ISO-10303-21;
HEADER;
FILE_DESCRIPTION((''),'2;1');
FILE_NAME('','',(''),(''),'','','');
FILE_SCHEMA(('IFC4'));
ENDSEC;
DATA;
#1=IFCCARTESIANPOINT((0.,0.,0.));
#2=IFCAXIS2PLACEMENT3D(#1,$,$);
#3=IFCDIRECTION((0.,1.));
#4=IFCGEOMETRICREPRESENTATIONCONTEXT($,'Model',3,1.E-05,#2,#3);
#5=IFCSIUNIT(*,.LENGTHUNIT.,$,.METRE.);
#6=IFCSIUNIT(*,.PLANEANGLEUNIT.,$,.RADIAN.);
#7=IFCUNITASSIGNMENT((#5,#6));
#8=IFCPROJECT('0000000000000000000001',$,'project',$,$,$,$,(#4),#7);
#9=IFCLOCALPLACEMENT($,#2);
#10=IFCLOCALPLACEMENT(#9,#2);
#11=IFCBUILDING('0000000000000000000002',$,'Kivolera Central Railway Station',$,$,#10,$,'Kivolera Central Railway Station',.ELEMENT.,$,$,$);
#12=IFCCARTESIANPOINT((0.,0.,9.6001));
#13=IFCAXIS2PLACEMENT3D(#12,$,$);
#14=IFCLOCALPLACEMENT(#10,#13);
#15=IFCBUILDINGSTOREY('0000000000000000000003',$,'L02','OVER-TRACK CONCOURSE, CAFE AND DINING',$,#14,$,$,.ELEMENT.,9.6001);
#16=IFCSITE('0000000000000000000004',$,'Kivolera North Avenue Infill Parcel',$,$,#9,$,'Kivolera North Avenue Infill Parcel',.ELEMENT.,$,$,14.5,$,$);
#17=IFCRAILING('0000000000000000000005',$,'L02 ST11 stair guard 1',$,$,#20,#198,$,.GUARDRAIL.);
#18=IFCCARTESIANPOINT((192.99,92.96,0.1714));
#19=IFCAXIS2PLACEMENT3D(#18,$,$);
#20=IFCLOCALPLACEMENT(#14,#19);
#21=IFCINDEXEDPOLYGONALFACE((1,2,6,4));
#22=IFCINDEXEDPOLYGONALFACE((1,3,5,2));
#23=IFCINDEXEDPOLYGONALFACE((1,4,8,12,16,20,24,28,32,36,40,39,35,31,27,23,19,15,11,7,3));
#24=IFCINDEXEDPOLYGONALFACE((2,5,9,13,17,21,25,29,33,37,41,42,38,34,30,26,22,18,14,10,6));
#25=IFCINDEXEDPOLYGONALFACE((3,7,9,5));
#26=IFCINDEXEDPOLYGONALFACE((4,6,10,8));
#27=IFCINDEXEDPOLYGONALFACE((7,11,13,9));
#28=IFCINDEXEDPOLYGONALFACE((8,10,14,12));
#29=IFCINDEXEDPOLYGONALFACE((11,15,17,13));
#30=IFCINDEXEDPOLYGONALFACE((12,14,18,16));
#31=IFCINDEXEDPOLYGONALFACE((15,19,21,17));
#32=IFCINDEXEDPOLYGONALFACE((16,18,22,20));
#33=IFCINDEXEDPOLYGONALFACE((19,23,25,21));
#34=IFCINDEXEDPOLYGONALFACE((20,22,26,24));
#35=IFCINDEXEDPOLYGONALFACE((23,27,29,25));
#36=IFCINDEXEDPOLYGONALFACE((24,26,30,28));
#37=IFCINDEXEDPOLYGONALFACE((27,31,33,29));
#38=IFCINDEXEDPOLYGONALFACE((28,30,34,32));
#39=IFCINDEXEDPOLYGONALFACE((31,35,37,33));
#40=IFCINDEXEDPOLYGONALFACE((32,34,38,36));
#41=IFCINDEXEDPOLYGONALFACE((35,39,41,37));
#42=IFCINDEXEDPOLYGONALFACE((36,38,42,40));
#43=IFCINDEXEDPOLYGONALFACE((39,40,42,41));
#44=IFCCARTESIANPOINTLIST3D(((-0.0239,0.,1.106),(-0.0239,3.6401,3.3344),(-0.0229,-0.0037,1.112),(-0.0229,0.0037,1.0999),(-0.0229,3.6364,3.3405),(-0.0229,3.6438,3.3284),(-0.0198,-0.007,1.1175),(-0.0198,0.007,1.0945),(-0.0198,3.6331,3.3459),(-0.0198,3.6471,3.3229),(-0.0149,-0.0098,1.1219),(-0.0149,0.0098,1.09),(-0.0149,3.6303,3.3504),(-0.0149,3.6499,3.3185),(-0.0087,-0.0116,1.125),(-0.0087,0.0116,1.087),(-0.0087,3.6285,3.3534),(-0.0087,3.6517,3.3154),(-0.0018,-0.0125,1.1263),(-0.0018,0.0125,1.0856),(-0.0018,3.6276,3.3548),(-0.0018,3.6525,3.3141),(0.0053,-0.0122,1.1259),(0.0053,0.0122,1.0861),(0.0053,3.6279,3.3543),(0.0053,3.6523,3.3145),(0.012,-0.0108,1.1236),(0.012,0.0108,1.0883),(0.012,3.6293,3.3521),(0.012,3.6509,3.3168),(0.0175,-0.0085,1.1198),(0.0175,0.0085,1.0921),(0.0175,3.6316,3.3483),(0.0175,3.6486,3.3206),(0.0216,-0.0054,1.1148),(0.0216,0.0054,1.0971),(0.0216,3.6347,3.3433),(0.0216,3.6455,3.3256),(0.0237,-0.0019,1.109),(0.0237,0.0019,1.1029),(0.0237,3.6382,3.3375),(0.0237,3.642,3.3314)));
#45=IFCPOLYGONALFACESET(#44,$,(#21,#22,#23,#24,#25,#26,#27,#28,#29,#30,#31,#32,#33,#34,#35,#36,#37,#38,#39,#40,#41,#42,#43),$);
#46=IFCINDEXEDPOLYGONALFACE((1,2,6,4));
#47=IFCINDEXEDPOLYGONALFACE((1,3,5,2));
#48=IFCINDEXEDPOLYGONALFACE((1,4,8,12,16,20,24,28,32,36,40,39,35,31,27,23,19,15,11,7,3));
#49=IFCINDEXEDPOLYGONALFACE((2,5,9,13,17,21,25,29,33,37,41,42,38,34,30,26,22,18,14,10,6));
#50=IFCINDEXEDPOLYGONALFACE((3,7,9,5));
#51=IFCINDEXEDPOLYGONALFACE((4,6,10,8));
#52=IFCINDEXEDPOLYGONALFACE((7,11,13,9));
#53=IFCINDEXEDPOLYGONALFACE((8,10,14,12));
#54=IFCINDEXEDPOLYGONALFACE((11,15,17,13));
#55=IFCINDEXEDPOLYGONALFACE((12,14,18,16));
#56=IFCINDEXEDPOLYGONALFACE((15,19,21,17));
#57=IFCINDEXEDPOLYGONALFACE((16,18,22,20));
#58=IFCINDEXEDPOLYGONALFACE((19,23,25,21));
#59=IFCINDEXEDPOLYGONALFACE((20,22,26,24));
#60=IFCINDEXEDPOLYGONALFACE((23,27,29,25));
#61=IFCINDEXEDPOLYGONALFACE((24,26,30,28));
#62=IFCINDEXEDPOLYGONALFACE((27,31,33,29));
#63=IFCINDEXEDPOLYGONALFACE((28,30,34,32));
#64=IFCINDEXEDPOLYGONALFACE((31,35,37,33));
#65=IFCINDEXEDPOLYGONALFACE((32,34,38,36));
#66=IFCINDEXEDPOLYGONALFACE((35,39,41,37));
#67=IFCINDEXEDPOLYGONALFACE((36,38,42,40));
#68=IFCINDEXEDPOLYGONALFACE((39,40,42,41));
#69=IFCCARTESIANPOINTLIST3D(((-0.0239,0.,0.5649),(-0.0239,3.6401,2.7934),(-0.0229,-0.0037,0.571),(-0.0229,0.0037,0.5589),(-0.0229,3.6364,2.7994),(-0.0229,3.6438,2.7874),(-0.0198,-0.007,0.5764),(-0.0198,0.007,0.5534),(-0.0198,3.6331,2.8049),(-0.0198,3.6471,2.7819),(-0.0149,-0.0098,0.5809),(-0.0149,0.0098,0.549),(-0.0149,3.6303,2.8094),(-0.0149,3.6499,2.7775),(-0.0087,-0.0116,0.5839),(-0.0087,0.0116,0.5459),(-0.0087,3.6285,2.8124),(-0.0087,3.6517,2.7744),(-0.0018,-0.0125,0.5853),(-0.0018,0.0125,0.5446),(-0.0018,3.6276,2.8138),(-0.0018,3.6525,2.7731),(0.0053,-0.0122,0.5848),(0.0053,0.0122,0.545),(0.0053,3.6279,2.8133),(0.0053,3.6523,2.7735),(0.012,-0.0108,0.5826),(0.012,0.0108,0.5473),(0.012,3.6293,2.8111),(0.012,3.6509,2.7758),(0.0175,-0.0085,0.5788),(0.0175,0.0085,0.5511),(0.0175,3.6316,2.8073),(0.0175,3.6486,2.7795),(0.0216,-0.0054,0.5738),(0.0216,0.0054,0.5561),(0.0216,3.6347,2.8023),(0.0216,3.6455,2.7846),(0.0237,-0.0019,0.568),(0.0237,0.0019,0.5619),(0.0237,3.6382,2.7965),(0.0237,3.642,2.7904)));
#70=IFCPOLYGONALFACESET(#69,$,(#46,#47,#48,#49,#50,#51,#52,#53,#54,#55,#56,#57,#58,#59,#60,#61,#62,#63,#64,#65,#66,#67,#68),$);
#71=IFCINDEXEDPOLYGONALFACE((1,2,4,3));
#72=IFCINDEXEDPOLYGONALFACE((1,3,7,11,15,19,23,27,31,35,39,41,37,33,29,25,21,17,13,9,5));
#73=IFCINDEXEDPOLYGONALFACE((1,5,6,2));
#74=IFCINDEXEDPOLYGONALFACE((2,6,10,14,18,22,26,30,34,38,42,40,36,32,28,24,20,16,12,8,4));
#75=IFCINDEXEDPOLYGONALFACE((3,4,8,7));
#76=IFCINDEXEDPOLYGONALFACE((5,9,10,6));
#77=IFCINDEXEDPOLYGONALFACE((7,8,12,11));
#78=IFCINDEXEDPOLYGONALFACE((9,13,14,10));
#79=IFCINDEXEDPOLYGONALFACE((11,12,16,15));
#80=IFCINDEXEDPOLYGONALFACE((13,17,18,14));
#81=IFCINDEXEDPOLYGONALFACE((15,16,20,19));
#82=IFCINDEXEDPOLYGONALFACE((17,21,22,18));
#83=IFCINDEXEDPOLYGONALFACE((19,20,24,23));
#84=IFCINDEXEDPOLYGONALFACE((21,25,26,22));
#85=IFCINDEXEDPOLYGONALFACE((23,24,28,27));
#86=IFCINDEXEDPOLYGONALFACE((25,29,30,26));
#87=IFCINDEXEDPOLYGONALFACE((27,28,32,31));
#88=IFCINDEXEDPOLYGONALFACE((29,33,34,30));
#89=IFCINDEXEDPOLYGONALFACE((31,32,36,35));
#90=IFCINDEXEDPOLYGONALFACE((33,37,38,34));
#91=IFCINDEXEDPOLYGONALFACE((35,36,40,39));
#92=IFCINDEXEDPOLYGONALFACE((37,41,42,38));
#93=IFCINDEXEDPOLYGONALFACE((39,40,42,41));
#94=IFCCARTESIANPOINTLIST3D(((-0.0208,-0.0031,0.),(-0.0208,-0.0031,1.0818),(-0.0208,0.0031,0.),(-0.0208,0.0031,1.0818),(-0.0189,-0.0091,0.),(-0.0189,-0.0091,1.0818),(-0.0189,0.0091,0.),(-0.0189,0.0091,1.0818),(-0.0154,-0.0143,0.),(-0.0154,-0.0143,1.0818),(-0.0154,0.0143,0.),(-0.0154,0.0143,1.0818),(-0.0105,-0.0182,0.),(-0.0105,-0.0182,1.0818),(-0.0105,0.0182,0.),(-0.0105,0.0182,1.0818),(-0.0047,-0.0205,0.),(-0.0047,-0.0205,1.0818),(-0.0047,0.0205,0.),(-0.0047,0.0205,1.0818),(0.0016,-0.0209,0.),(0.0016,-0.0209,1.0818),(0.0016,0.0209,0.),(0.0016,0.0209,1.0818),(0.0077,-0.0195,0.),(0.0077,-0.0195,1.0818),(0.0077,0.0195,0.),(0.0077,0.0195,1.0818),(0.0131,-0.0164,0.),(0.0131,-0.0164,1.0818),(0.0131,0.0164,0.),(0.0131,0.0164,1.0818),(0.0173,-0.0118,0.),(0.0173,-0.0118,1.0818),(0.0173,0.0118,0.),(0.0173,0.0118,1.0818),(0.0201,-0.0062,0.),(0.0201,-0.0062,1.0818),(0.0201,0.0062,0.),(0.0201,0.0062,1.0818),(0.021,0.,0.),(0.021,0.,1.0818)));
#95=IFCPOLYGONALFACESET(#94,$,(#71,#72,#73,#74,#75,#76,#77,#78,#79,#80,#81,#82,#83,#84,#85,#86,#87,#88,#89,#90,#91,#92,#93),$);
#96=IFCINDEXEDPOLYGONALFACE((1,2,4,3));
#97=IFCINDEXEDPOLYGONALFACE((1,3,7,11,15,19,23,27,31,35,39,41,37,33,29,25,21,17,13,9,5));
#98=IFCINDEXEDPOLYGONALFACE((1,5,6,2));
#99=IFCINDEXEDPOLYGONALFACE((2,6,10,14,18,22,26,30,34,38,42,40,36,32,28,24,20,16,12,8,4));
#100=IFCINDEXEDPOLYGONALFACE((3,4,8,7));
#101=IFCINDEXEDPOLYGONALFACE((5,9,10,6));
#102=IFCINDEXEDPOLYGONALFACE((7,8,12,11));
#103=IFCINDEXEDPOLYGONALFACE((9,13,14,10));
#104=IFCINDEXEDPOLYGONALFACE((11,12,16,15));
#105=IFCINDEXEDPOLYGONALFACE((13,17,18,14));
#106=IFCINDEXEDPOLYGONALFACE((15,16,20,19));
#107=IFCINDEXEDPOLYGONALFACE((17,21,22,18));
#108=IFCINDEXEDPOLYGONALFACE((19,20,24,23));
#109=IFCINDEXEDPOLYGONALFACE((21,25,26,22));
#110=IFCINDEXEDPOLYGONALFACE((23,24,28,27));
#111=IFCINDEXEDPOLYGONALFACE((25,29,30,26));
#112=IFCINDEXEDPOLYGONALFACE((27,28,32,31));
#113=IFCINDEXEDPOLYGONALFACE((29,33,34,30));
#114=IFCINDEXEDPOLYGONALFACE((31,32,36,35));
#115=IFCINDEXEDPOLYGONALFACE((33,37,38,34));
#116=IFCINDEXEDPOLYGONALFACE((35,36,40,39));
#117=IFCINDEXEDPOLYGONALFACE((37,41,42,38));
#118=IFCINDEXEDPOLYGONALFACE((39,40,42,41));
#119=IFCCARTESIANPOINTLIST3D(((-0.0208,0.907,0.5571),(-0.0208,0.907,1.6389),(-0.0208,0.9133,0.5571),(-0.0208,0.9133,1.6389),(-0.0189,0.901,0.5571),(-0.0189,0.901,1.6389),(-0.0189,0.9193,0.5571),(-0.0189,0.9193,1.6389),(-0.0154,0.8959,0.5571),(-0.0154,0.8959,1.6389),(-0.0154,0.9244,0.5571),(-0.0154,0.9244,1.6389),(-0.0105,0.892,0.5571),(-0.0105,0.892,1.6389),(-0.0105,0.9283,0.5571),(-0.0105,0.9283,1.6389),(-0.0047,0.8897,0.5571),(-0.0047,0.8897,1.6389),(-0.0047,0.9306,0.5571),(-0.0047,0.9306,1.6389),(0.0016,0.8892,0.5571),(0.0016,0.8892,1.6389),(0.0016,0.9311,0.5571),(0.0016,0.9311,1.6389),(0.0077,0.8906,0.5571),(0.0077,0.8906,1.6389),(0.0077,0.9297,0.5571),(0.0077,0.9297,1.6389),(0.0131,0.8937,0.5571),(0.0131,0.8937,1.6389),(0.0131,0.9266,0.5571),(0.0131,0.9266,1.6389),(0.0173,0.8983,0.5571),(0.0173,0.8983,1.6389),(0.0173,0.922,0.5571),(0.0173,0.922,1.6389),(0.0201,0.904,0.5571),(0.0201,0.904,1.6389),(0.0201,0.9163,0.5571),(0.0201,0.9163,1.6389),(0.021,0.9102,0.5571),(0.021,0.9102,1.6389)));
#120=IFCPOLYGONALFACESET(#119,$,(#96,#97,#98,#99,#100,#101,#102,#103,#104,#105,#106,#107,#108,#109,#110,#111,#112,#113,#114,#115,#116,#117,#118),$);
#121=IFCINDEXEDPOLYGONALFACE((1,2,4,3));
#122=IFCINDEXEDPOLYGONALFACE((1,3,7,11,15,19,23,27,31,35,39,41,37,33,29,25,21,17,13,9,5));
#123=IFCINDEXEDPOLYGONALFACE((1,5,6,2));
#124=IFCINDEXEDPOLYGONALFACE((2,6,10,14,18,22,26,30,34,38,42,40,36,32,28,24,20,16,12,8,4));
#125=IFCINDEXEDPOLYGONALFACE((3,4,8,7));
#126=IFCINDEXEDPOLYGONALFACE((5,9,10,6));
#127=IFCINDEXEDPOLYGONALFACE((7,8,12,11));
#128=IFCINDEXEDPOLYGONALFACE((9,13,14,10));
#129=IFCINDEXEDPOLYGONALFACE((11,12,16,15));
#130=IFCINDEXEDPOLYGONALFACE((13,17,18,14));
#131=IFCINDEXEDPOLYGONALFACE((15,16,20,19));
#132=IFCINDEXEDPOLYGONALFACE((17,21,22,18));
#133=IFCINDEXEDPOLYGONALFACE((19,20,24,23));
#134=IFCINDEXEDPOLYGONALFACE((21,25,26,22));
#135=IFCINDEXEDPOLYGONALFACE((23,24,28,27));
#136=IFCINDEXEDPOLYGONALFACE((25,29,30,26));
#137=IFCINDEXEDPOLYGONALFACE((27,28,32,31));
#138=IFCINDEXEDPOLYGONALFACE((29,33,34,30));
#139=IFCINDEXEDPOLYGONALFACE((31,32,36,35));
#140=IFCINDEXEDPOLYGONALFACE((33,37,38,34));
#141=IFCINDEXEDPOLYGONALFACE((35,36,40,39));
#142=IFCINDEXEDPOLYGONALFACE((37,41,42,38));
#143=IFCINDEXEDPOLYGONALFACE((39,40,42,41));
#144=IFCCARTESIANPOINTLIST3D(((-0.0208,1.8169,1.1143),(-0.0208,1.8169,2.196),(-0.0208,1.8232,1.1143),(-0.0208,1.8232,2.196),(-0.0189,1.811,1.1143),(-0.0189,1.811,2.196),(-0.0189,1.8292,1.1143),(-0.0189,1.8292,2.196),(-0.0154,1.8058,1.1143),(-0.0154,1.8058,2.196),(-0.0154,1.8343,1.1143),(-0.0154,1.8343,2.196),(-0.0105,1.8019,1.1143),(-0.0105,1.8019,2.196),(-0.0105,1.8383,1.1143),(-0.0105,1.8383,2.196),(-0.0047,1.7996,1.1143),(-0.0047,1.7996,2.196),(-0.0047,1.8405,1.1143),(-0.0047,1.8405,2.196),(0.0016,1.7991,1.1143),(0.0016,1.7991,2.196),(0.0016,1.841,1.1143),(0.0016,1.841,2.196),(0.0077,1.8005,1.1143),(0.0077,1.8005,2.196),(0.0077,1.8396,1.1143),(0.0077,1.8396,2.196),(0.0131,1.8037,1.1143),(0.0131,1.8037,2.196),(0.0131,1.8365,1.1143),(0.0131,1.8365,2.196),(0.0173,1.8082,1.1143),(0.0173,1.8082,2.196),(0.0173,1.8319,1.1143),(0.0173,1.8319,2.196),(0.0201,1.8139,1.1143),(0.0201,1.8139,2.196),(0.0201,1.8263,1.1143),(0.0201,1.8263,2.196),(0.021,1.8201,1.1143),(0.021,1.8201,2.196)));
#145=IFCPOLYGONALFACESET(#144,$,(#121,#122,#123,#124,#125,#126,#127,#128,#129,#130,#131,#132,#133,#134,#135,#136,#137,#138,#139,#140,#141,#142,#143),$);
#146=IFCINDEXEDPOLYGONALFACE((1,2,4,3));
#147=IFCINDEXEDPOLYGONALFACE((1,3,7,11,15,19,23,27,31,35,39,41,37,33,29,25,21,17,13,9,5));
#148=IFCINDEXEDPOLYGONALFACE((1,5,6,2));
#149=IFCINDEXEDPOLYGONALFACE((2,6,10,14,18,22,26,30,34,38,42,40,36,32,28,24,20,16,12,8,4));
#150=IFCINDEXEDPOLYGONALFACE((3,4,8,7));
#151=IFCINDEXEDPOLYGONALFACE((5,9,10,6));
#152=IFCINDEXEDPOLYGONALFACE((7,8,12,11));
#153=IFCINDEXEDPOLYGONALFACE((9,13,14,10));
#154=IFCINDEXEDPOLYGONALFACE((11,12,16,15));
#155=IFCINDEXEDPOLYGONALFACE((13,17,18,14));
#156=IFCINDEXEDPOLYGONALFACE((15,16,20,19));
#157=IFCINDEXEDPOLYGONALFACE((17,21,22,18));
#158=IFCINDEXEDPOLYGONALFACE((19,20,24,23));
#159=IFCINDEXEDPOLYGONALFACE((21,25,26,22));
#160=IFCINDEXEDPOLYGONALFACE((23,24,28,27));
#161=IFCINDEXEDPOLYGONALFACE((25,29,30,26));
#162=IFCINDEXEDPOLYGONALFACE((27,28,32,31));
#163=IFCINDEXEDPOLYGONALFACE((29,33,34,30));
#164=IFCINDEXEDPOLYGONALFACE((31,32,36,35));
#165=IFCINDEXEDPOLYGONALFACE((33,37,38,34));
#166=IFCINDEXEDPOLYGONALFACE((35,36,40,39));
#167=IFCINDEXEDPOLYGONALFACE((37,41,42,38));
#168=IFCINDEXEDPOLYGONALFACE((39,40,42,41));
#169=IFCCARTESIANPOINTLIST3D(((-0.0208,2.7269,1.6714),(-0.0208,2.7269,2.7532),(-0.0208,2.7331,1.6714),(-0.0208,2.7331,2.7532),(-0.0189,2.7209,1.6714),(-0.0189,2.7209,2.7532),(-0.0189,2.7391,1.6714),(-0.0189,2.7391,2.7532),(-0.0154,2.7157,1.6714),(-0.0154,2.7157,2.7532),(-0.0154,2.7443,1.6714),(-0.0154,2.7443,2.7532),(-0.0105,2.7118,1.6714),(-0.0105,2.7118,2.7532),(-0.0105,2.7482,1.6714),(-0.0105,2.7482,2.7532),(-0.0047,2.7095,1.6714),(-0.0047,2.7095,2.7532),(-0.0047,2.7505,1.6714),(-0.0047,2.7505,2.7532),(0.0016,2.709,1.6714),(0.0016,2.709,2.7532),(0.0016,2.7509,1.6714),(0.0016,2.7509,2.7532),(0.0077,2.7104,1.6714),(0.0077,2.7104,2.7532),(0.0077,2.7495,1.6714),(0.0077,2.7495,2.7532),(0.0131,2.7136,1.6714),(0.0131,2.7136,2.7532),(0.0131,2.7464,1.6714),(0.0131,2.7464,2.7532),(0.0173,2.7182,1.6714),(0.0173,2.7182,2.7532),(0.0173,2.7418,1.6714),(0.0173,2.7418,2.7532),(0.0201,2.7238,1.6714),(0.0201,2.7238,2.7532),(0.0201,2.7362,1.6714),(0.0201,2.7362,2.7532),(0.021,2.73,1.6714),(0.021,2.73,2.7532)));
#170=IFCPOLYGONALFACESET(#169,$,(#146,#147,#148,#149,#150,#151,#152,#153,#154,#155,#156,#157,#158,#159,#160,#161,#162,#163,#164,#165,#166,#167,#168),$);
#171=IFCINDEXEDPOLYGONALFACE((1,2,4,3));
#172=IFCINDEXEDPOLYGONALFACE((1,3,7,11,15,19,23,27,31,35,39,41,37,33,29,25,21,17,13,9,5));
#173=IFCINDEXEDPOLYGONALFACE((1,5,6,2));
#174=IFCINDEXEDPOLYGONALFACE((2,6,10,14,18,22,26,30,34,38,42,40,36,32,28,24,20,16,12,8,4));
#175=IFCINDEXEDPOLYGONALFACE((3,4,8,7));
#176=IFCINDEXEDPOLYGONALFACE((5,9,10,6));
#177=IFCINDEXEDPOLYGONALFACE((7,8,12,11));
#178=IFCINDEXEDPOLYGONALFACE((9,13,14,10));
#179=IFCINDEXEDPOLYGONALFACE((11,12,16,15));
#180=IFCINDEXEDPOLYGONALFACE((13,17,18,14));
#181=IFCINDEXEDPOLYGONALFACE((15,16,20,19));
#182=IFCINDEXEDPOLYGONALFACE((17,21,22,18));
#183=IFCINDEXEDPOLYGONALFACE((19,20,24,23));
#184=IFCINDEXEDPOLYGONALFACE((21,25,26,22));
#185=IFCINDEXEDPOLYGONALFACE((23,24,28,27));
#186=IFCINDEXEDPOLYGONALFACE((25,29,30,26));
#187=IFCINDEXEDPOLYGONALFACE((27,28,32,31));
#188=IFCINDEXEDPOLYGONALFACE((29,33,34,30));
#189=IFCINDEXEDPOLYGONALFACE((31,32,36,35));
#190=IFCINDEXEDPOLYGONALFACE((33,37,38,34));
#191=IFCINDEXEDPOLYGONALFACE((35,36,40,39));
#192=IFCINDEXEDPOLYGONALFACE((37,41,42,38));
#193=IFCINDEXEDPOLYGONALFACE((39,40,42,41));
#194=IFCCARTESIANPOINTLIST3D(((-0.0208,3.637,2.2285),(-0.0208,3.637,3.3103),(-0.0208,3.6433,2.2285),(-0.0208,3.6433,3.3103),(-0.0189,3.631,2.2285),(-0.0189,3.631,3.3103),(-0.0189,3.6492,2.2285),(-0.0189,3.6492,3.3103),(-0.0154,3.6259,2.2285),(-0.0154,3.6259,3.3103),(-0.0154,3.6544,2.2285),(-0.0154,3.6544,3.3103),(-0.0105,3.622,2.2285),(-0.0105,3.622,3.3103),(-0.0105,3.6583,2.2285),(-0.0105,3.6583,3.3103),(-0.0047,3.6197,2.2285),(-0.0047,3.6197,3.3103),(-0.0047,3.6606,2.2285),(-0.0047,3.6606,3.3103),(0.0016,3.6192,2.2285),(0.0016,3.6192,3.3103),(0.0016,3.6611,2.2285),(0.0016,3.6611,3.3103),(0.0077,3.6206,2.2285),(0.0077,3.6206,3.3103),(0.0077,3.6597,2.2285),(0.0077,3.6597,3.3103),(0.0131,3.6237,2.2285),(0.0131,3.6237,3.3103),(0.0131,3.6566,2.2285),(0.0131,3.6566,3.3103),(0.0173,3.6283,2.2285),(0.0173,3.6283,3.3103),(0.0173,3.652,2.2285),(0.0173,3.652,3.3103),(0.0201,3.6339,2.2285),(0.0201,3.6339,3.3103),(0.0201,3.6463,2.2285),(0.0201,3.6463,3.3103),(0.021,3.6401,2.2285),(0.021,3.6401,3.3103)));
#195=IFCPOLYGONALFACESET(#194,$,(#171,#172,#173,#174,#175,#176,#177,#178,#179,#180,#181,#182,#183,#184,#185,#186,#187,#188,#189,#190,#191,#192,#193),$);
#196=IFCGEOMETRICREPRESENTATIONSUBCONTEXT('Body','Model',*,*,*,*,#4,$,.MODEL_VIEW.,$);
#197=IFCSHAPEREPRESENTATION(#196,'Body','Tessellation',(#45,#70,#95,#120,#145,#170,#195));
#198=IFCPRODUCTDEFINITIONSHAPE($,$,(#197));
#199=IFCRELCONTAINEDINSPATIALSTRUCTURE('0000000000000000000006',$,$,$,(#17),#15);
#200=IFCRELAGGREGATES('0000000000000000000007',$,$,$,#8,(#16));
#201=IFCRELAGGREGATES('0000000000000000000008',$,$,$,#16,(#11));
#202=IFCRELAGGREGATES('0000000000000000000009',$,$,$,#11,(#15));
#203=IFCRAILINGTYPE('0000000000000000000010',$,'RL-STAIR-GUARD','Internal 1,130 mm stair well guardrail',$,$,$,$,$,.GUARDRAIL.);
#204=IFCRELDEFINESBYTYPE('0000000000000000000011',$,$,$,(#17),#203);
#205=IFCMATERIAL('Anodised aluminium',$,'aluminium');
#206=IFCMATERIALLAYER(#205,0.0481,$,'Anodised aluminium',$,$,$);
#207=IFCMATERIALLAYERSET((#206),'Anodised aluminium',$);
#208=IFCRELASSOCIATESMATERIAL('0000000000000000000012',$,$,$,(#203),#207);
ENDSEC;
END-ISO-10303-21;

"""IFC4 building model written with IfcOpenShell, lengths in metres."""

from ifc_helpers import new_model, si_unit, direction, frame, origin, origin_2d, place, context, subcontext, project, spatial, circle, extrude, material, layer, layer_set, type_object, element, save


model = new_model("IFC4")

# Units and contexts
model_context = context("Model", 3, precision=1e-05, world=origin(), true_north=direction((0.0, 1.0)))
body_context = subcontext(model_context, "Body", "Model", "MODEL_VIEW")
ifc_project = project(units=[si_unit("LENGTHUNIT", "METRE"), si_unit("PLANEANGLEUNIT", "RADIAN")], contexts=[model_context])

# Site, building, storey
site_placement = place(None, origin())
site = spatial("IfcSite", under=ifc_project, at=site_placement, Name="Kivolera North Avenue Infill Parcel", LongName="Kivolera North Avenue Infill Parcel", CompositionType="ELEMENT", RefElevation=14.5)
building_placement = place(site_placement, origin())
building = spatial("IfcBuilding", under=site, at=building_placement, Name="Kivolera Central Railway Station", LongName="Kivolera Central Railway Station", CompositionType="ELEMENT")
storey_placement = place(building_placement, frame((0.0, 0.0, 9.6001)))
storey = spatial("IfcBuildingStorey", under=building, at=storey_placement, Name="L02", Description="OVER-TRACK CONCOURSE, CAFE AND DINING", CompositionType="ELEMENT", Elevation=9.6001)

# Shared definitions
ifc_material_1 = material(Name="Anodised aluminium", Category="aluminium")

# Railing
ifc_layer_1 = layer(ifc_material_1, 0.0481, Name="Anodised aluminium")
ifc_layer_set_1 = layer_set([ifc_layer_1], Name="Anodised aluminium")
railing_type_1 = type_object("IfcRailingType", Name="RL-STAIR-GUARD", Description="Internal 1,130 mm stair well guardrail", PredefinedType="GUARDRAIL", material=ifc_layer_set_1)
railing_1_placement = place(storey_placement, frame((192.99, 92.96, 0.1714)))
element("IfcRailing", 1, at=railing_1_placement, inside=storey, type_object=railing_type_1, Name="L02 ST11 stair guard 1", PredefinedType="GUARDRAIL", context=body_context, shape_type="SweptSolid", body=[
    extrude(circle(Radius=0.0239, at=origin_2d()), frame((0.0, 0.0, 1.106), z_axis=(0.0, 0.852866, 0.52213), x_axis=(-1.0, 0.0, 0.0)), (0.0, 0.0, 1.0), 4.2681),
    extrude(circle(Radius=0.0239, at=origin_2d()), frame((0.0, 0.0, 0.5649), z_axis=(0.0, 0.852866, 0.52213), x_axis=(-1.0, 0.0, 0.0)), (0.0, 0.0, 1.0), 4.2681),
    extrude(circle(Radius=0.021, at=origin_2d()), origin(), (0.0, 0.0, 1.0), 1.0818),
    extrude(circle(Radius=0.021, at=origin_2d()), frame((0.0, 0.9102, 0.5571)), (0.0, 0.0, 1.0), 1.0818),
    extrude(circle(Radius=0.021, at=origin_2d()), frame((0.0, 1.8201, 1.1143)), (0.0, 0.0, 1.0), 1.0818),
    extrude(circle(Radius=0.021, at=origin_2d()), frame((0.0, 2.73, 1.6714)), (0.0, 0.0, 1.0), 1.0818),
    extrude(circle(Radius=0.021, at=origin_2d()), frame((0.0, 3.6401, 2.2285)), (0.0, 0.0, 1.0), 1.0818),
])

save(model, "model.ifc")
